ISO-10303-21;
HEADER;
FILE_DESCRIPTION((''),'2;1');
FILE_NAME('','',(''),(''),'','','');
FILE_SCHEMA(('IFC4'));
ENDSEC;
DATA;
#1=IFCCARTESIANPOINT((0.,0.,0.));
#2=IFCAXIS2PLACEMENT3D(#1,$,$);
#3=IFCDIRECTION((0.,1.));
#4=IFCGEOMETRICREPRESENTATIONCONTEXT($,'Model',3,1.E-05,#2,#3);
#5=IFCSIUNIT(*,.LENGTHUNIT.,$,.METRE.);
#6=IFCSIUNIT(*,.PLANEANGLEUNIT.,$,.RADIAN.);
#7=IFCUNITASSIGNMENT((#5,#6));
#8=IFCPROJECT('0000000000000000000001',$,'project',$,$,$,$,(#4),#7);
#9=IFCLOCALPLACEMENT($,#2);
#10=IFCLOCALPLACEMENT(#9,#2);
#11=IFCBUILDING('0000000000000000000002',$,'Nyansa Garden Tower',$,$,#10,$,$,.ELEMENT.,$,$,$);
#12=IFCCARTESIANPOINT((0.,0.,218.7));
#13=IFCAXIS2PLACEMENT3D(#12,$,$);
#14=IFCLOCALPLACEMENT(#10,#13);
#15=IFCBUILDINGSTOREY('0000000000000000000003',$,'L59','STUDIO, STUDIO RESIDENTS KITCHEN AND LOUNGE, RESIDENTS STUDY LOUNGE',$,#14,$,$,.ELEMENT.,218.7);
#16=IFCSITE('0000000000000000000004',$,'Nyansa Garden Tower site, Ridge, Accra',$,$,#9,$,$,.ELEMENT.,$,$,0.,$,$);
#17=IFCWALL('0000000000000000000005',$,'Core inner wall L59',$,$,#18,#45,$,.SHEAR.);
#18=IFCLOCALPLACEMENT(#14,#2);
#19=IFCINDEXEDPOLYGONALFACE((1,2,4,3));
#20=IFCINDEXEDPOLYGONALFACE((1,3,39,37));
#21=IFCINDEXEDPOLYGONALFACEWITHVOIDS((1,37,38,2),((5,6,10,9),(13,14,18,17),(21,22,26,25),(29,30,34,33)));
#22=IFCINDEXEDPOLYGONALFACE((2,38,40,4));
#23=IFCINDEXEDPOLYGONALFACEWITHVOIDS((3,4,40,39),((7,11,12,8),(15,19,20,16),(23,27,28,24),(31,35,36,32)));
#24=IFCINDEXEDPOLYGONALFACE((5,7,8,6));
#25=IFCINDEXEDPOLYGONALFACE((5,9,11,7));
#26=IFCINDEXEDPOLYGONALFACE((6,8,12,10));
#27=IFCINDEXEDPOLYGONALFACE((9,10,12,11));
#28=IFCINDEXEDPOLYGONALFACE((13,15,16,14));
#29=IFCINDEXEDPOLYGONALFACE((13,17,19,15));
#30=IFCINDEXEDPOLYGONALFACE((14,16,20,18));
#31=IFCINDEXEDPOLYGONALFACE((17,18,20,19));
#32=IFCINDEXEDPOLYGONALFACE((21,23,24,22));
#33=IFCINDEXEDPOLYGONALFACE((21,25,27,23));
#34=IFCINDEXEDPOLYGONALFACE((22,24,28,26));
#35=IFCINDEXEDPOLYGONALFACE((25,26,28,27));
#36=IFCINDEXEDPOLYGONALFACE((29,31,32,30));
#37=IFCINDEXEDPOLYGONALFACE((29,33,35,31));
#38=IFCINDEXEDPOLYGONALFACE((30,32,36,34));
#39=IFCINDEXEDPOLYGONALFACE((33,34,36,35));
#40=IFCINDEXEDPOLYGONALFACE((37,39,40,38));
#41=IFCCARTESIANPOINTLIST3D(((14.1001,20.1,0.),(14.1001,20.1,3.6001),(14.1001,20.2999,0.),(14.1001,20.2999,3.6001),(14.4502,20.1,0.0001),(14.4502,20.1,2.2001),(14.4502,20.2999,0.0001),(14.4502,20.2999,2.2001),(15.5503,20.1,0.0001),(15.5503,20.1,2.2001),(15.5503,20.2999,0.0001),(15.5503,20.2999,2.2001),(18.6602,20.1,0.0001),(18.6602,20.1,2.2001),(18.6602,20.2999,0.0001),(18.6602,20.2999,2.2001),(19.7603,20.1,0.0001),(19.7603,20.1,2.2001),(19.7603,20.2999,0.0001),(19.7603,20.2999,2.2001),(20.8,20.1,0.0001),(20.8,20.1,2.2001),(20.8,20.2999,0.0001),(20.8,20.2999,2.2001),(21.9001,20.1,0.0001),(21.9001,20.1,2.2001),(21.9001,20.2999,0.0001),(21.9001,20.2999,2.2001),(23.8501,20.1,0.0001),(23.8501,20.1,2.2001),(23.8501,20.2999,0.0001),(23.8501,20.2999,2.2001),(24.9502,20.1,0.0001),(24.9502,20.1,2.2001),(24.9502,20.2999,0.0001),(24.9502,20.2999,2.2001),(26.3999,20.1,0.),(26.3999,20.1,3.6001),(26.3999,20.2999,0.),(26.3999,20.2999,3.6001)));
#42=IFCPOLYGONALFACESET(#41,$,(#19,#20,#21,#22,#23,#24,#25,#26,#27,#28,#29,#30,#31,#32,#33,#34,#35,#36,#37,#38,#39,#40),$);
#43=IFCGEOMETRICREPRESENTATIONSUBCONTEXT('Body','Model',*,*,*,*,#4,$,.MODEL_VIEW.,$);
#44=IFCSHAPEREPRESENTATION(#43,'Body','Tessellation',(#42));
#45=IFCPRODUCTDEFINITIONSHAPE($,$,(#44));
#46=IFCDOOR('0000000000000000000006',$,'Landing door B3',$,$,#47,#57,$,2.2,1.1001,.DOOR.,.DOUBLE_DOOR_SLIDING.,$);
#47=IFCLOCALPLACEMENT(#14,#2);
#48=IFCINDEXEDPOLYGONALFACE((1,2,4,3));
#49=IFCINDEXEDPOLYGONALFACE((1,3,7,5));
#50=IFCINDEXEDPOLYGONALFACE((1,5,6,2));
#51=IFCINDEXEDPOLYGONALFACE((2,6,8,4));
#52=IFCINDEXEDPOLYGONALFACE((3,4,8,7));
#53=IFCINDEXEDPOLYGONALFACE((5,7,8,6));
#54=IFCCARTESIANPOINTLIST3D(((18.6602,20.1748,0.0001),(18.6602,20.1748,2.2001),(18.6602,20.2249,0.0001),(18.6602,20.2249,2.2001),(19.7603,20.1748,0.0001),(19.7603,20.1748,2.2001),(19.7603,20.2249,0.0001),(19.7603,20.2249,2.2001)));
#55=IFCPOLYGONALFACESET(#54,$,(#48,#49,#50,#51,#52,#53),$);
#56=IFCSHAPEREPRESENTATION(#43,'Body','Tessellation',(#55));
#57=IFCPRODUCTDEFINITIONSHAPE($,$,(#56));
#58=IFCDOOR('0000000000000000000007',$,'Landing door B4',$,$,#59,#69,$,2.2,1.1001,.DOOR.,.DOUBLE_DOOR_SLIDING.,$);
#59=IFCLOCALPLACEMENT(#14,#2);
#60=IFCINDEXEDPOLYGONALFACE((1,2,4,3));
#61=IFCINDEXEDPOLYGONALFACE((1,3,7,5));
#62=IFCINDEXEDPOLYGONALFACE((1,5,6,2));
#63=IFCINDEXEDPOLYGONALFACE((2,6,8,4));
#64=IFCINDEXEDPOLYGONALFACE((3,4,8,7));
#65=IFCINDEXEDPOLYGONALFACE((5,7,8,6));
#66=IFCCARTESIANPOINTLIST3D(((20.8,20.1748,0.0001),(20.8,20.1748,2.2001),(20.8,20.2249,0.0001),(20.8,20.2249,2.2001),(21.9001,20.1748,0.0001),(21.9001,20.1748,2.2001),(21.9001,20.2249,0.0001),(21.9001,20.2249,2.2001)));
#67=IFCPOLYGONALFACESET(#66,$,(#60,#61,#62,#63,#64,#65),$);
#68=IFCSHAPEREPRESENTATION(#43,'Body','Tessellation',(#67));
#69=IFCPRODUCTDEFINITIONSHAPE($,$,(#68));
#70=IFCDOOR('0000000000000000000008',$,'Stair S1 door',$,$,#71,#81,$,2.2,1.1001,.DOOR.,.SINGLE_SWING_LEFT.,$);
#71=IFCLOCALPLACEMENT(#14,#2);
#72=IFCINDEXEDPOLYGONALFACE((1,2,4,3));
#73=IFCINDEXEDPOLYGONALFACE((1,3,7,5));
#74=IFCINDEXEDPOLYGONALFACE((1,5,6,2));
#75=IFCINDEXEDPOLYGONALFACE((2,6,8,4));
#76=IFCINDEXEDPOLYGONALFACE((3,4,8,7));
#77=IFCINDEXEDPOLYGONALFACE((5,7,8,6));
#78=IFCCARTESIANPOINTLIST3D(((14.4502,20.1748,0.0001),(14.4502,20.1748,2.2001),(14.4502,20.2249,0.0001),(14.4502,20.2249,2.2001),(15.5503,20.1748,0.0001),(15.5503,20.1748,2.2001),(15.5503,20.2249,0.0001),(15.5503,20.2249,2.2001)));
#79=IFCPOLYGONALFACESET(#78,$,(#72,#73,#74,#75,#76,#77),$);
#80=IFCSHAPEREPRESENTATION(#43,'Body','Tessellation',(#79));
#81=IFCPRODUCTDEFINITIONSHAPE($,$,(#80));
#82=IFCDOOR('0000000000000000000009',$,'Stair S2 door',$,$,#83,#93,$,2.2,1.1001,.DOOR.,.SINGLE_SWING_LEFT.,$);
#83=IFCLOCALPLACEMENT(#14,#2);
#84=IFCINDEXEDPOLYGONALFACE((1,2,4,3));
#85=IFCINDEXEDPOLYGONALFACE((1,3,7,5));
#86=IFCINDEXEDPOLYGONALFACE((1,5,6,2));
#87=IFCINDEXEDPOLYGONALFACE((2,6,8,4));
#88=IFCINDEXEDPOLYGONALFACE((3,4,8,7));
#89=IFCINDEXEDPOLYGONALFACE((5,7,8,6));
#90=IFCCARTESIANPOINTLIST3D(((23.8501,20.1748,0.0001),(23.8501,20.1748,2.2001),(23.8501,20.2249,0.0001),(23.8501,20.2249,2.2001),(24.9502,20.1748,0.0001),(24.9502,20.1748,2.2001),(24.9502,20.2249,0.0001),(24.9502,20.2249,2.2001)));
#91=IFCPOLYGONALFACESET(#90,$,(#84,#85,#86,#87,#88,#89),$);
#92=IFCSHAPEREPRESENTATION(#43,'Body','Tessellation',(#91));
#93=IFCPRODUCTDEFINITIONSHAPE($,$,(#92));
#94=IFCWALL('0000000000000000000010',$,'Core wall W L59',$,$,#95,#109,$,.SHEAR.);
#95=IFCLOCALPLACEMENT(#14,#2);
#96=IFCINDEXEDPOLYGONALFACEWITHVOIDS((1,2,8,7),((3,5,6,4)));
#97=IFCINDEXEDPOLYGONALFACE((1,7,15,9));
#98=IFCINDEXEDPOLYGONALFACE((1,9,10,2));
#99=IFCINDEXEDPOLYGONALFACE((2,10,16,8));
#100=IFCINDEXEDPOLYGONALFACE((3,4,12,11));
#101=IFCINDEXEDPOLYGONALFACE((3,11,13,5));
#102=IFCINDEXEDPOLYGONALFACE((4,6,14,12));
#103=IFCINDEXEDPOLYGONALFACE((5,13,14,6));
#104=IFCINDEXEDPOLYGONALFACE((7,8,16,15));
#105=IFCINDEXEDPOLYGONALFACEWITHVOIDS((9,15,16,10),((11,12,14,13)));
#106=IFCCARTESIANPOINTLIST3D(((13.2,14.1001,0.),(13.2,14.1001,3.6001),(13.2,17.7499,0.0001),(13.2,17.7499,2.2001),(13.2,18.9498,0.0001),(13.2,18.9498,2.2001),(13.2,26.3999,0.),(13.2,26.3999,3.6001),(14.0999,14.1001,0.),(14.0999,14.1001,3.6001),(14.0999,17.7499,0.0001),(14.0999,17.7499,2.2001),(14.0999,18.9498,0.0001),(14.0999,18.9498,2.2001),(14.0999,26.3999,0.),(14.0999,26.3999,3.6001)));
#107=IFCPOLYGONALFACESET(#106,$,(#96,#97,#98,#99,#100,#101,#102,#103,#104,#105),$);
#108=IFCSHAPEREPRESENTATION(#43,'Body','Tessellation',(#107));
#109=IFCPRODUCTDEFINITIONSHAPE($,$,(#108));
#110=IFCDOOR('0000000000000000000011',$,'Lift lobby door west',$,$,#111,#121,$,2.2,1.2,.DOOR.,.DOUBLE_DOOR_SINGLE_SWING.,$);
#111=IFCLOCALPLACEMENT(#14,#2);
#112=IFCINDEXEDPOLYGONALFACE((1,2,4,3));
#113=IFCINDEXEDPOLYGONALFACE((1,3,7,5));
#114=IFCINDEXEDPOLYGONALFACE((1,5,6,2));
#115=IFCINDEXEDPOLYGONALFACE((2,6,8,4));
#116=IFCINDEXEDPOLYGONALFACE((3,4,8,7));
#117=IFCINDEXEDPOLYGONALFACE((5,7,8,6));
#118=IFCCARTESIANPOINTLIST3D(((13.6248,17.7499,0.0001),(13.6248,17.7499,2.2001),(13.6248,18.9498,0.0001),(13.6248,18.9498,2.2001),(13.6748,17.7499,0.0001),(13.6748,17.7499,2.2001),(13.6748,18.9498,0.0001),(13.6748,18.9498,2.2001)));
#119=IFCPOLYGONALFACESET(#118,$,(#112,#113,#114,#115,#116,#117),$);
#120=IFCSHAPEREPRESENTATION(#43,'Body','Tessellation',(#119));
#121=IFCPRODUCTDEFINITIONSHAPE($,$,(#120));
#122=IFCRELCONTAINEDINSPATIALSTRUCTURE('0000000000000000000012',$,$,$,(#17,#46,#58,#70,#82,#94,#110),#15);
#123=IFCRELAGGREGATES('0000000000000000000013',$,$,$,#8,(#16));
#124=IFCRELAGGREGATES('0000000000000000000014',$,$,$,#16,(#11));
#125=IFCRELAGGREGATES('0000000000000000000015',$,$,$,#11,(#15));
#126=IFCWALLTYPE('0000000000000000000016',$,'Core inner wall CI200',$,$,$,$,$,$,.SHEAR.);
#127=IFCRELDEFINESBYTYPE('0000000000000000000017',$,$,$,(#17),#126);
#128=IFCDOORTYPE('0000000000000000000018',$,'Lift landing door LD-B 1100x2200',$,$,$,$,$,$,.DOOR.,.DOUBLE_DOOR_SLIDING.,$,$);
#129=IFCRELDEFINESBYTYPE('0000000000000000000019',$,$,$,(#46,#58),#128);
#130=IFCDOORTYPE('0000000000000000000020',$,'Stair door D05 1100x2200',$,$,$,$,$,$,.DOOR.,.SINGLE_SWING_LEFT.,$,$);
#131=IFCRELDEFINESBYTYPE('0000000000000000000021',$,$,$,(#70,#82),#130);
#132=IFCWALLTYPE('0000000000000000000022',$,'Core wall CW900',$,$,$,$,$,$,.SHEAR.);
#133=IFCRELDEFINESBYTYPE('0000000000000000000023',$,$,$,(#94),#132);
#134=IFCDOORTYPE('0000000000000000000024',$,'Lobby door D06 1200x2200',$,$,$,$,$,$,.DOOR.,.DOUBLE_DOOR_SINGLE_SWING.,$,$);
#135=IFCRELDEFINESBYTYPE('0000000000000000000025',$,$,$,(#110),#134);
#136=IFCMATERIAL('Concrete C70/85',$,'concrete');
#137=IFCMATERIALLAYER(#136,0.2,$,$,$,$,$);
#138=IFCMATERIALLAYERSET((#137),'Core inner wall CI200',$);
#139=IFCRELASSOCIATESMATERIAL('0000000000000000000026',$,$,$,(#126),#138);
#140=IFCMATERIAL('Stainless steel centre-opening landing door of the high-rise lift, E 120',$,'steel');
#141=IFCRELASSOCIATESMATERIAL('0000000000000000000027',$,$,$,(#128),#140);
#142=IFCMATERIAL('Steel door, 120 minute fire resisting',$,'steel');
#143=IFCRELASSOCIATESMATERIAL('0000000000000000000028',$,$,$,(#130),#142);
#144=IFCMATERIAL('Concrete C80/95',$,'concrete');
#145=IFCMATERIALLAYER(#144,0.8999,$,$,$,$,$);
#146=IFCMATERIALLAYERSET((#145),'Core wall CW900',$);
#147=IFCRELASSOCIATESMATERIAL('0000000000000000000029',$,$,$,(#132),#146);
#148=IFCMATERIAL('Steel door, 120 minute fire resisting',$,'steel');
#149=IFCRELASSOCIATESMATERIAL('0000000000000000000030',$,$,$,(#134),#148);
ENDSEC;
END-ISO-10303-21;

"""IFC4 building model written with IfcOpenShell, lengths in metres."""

from ifc_helpers import new_model, si_unit, direction, frame, frame_2d, origin, place, context, subcontext, project, spatial, rectangle, extrude, material, layer, layer_set, type_object, element, fill, save


model = new_model("IFC4")

# Units and contexts
model_context = context("Model", 3, precision=1e-05, world=origin(), true_north=direction((0.0, 1.0)))
body_context = subcontext(model_context, "Body", "Model", "MODEL_VIEW")
ifc_project = project(units=[si_unit("LENGTHUNIT", "METRE"), si_unit("PLANEANGLEUNIT", "RADIAN")], contexts=[model_context])

# Site, building, storey
site_placement = place(None, origin())
site = spatial("IfcSite", under=ifc_project, at=site_placement, Name="Nyansa Garden Tower site, Ridge, Accra", CompositionType="ELEMENT", RefElevation=0.0)
building_placement = place(site_placement, origin())
building = spatial("IfcBuilding", under=site, at=building_placement, Name="Nyansa Garden Tower", CompositionType="ELEMENT")
storey_placement = place(building_placement, frame((0.0, 0.0, 218.7)))
storey = spatial("IfcBuildingStorey", under=building, at=storey_placement, Name="L59", Description="STUDIO, STUDIO RESIDENTS KITCHEN AND LOUNGE, RESIDENTS STUDY LOUNGE", CompositionType="ELEMENT", Elevation=218.7)

# Wall, openings, doors
ifc_material_1 = material(Name="Concrete C70/85", Category="concrete")
ifc_layer_1 = layer(ifc_material_1, 0.2)
ifc_layer_set_1 = layer_set([ifc_layer_1], Name="Core inner wall CI200")
wall_type_1 = type_object("IfcWallType", Name="Core inner wall CI200", PredefinedType="SHEAR", material=ifc_layer_set_1)
wall_1_placement = place(storey_placement, frame((14.1001, 20.2, 0.0), z_axis=(0.0, 0.0, 1.0), x_axis=(1.0, 0.0, 0.0)))
wall_1 = element("IfcWall", 1, at=wall_1_placement, inside=storey, type_object=wall_type_1, Name="Core inner wall L59", PredefinedType="SHEAR", context=body_context, shape_type="SweptSolid", body=[
    extrude(rectangle(XDim=12.2998, YDim=0.2, at=frame_2d((6.1499, 0.0))), origin(), (0.0, 0.0, 1.0), 3.6001),
])
opening_1_placement = place(wall_1_placement, frame((4.5601, 0.0, 0.0)))
opening_1 = element("IfcOpeningElement", 2, at=opening_1_placement, cuts=wall_1, PredefinedType="OPENING", context=body_context, shape_type="SweptSolid", body=[
    extrude(rectangle(XDim=1.1001, YDim=2.2, at=frame_2d((0.55, 1.1001))), frame((0.0, 0.1099, 0.0), z_axis=(0.0, -1.0, 0.0), x_axis=(1.0, 0.0, 0.0)), (0.0, 0.0, 1.0), 0.22),
])
opening_2_placement = place(wall_1_placement, frame((6.7, 0.0, 0.0)))
opening_2 = element("IfcOpeningElement", 3, at=opening_2_placement, cuts=wall_1, PredefinedType="OPENING", context=body_context, shape_type="SweptSolid", body=[
    extrude(rectangle(XDim=1.1001, YDim=2.2, at=frame_2d((0.55, 1.1001))), frame((0.0, 0.1099, 0.0), z_axis=(0.0, -1.0, 0.0), x_axis=(1.0, 0.0, 0.0)), (0.0, 0.0, 1.0), 0.22),
])
opening_3_placement = place(wall_1_placement, frame((0.3501, 0.0, 0.0)))
opening_3 = element("IfcOpeningElement", 4, at=opening_3_placement, cuts=wall_1, PredefinedType="OPENING", context=body_context, shape_type="SweptSolid", body=[
    extrude(rectangle(XDim=1.1001, YDim=2.2, at=frame_2d((0.55, 1.1001))), frame((0.0, 0.1099, 0.0), z_axis=(0.0, -1.0, 0.0), x_axis=(1.0, 0.0, 0.0)), (0.0, 0.0, 1.0), 0.22),
])
opening_4_placement = place(wall_1_placement, frame((9.75, 0.0, 0.0)))
opening_4 = element("IfcOpeningElement", 5, at=opening_4_placement, cuts=wall_1, PredefinedType="OPENING", context=body_context, shape_type="SweptSolid", body=[
    extrude(rectangle(XDim=1.1001, YDim=2.2, at=frame_2d((0.55, 1.1001))), frame((0.0, 0.1099, 0.0), z_axis=(0.0, -1.0, 0.0), x_axis=(1.0, 0.0, 0.0)), (0.0, 0.0, 1.0), 0.22),
])
ifc_material_2 = material(Name="Stainless steel centre-opening landing door of the high-rise lift, E 120", Category="steel")
door_type_1 = type_object("IfcDoorType", Name="Lift landing door LD-B 1100x2200", OperationType="DOUBLE_DOOR_SLIDING", PredefinedType="DOOR", material=ifc_material_2)
door_1_placement = place(opening_1_placement, origin())
door_1 = element("IfcDoor", 6, at=door_1_placement, inside=storey, type_object=door_type_1, Name="Landing door B3", OperationType="DOUBLE_DOOR_SLIDING", OverallHeight=2.2, OverallWidth=1.1001, PredefinedType="DOOR", context=body_context, shape_type="SweptSolid", body=[
    extrude(rectangle(XDim=1.1001, YDim=2.2, at=frame_2d((0.55, 1.1001))), frame((0.0, 0.0249, 0.0), z_axis=(0.0, -1.0, 0.0), x_axis=(1.0, 0.0, 0.0)), (0.0, 0.0, 1.0), 0.05),
])
fill(opening_1, door_1)
door_2_placement = place(opening_2_placement, origin())
door_2 = element("IfcDoor", 7, at=door_2_placement, inside=storey, type_object=door_type_1, Name="Landing door B4", OperationType="DOUBLE_DOOR_SLIDING", OverallHeight=2.2, OverallWidth=1.1001, PredefinedType="DOOR", context=body_context, shape_type="SweptSolid", body=[
    extrude(rectangle(XDim=1.1001, YDim=2.2, at=frame_2d((0.55, 1.1001))), frame((0.0, 0.0249, 0.0), z_axis=(0.0, -1.0, 0.0), x_axis=(1.0, 0.0, 0.0)), (0.0, 0.0, 1.0), 0.05),
])
fill(opening_2, door_2)
ifc_material_3 = material(Name="Steel door, 120 minute fire resisting", Category="steel")
door_type_2 = type_object("IfcDoorType", Name="Stair door D05 1100x2200", OperationType="SINGLE_SWING_LEFT", PredefinedType="DOOR", material=ifc_material_3)
door_3_placement = place(opening_3_placement, origin())
door_3 = element("IfcDoor", 8, at=door_3_placement, inside=storey, type_object=door_type_2, Name="Stair S1 door", OperationType="SINGLE_SWING_LEFT", OverallHeight=2.2, OverallWidth=1.1001, PredefinedType="DOOR", context=body_context, shape_type="SweptSolid", body=[
    extrude(rectangle(XDim=1.1001, YDim=2.2, at=frame_2d((0.55, 1.1001))), frame((0.0, 0.0249, 0.0), z_axis=(0.0, -1.0, 0.0), x_axis=(1.0, 0.0, 0.0)), (0.0, 0.0, 1.0), 0.05),
])
fill(opening_3, door_3)
door_4_placement = place(opening_4_placement, origin())
door_4 = element("IfcDoor", 9, at=door_4_placement, inside=storey, type_object=door_type_2, Name="Stair S2 door", OperationType="SINGLE_SWING_LEFT", OverallHeight=2.2, OverallWidth=1.1001, PredefinedType="DOOR", context=body_context, shape_type="SweptSolid", body=[
    extrude(rectangle(XDim=1.1001, YDim=2.2, at=frame_2d((0.55, 1.1001))), frame((0.0, 0.0249, 0.0), z_axis=(0.0, -1.0, 0.0), x_axis=(1.0, 0.0, 0.0)), (0.0, 0.0, 1.0), 0.05),
])
fill(opening_4, door_4)

# Wall, opening, door
ifc_material_4 = material(Name="Concrete C80/95", Category="concrete")
ifc_layer_2 = layer(ifc_material_4, 0.8999)
ifc_layer_set_2 = layer_set([ifc_layer_2], Name="Core wall CW900")
wall_type_2 = type_object("IfcWallType", Name="Core wall CW900", PredefinedType="SHEAR", material=ifc_layer_set_2)
wall_2_placement = place(storey_placement, frame((13.6499, 26.3999, 0.0), z_axis=(0.0, 0.0, 1.0), x_axis=(0.0, -1.0, 0.0)))
wall_2 = element("IfcWall", 10, at=wall_2_placement, inside=storey, type_object=wall_type_2, Name="Core wall W L59", PredefinedType="SHEAR", context=body_context, shape_type="SweptSolid", body=[
    extrude(rectangle(XDim=12.2998, YDim=0.8999, at=frame_2d((6.1499, 0.0))), origin(), (0.0, 0.0, 1.0), 3.6001),
])
opening_5_placement = place(wall_2_placement, frame((7.45, 0.0, 0.0)))
opening_5 = element("IfcOpeningElement", 11, at=opening_5_placement, cuts=wall_2, PredefinedType="OPENING", context=body_context, shape_type="SweptSolid", body=[
    extrude(rectangle(XDim=1.2, YDim=2.2, at=frame_2d((0.6001, 1.1001))), frame((0.0, 0.46, 0.0), z_axis=(0.0, -1.0, 0.0), x_axis=(1.0, 0.0, 0.0)), (0.0, 0.0, 1.0), 0.9199),
])
ifc_material_5 = material(Name="Steel door, 120 minute fire resisting", Category="steel")
door_type_3 = type_object("IfcDoorType", Name="Lobby door D06 1200x2200", OperationType="DOUBLE_DOOR_SINGLE_SWING", PredefinedType="DOOR", material=ifc_material_5)
door_5_placement = place(opening_5_placement, origin())
door_5 = element("IfcDoor", 12, at=door_5_placement, inside=storey, type_object=door_type_3, Name="Lift lobby door west", OperationType="DOUBLE_DOOR_SINGLE_SWING", OverallHeight=2.2, OverallWidth=1.2, PredefinedType="DOOR", context=body_context, shape_type="SweptSolid", body=[
    extrude(rectangle(XDim=1.2, YDim=2.2, at=frame_2d((0.6001, 1.1001))), frame((0.0, 0.0249, 0.0), z_axis=(0.0, -1.0, 0.0), x_axis=(1.0, 0.0, 0.0)), (0.0, 0.0, 1.0), 0.05),
])
fill(opening_5, door_5)

save(model, "model.ifc")
